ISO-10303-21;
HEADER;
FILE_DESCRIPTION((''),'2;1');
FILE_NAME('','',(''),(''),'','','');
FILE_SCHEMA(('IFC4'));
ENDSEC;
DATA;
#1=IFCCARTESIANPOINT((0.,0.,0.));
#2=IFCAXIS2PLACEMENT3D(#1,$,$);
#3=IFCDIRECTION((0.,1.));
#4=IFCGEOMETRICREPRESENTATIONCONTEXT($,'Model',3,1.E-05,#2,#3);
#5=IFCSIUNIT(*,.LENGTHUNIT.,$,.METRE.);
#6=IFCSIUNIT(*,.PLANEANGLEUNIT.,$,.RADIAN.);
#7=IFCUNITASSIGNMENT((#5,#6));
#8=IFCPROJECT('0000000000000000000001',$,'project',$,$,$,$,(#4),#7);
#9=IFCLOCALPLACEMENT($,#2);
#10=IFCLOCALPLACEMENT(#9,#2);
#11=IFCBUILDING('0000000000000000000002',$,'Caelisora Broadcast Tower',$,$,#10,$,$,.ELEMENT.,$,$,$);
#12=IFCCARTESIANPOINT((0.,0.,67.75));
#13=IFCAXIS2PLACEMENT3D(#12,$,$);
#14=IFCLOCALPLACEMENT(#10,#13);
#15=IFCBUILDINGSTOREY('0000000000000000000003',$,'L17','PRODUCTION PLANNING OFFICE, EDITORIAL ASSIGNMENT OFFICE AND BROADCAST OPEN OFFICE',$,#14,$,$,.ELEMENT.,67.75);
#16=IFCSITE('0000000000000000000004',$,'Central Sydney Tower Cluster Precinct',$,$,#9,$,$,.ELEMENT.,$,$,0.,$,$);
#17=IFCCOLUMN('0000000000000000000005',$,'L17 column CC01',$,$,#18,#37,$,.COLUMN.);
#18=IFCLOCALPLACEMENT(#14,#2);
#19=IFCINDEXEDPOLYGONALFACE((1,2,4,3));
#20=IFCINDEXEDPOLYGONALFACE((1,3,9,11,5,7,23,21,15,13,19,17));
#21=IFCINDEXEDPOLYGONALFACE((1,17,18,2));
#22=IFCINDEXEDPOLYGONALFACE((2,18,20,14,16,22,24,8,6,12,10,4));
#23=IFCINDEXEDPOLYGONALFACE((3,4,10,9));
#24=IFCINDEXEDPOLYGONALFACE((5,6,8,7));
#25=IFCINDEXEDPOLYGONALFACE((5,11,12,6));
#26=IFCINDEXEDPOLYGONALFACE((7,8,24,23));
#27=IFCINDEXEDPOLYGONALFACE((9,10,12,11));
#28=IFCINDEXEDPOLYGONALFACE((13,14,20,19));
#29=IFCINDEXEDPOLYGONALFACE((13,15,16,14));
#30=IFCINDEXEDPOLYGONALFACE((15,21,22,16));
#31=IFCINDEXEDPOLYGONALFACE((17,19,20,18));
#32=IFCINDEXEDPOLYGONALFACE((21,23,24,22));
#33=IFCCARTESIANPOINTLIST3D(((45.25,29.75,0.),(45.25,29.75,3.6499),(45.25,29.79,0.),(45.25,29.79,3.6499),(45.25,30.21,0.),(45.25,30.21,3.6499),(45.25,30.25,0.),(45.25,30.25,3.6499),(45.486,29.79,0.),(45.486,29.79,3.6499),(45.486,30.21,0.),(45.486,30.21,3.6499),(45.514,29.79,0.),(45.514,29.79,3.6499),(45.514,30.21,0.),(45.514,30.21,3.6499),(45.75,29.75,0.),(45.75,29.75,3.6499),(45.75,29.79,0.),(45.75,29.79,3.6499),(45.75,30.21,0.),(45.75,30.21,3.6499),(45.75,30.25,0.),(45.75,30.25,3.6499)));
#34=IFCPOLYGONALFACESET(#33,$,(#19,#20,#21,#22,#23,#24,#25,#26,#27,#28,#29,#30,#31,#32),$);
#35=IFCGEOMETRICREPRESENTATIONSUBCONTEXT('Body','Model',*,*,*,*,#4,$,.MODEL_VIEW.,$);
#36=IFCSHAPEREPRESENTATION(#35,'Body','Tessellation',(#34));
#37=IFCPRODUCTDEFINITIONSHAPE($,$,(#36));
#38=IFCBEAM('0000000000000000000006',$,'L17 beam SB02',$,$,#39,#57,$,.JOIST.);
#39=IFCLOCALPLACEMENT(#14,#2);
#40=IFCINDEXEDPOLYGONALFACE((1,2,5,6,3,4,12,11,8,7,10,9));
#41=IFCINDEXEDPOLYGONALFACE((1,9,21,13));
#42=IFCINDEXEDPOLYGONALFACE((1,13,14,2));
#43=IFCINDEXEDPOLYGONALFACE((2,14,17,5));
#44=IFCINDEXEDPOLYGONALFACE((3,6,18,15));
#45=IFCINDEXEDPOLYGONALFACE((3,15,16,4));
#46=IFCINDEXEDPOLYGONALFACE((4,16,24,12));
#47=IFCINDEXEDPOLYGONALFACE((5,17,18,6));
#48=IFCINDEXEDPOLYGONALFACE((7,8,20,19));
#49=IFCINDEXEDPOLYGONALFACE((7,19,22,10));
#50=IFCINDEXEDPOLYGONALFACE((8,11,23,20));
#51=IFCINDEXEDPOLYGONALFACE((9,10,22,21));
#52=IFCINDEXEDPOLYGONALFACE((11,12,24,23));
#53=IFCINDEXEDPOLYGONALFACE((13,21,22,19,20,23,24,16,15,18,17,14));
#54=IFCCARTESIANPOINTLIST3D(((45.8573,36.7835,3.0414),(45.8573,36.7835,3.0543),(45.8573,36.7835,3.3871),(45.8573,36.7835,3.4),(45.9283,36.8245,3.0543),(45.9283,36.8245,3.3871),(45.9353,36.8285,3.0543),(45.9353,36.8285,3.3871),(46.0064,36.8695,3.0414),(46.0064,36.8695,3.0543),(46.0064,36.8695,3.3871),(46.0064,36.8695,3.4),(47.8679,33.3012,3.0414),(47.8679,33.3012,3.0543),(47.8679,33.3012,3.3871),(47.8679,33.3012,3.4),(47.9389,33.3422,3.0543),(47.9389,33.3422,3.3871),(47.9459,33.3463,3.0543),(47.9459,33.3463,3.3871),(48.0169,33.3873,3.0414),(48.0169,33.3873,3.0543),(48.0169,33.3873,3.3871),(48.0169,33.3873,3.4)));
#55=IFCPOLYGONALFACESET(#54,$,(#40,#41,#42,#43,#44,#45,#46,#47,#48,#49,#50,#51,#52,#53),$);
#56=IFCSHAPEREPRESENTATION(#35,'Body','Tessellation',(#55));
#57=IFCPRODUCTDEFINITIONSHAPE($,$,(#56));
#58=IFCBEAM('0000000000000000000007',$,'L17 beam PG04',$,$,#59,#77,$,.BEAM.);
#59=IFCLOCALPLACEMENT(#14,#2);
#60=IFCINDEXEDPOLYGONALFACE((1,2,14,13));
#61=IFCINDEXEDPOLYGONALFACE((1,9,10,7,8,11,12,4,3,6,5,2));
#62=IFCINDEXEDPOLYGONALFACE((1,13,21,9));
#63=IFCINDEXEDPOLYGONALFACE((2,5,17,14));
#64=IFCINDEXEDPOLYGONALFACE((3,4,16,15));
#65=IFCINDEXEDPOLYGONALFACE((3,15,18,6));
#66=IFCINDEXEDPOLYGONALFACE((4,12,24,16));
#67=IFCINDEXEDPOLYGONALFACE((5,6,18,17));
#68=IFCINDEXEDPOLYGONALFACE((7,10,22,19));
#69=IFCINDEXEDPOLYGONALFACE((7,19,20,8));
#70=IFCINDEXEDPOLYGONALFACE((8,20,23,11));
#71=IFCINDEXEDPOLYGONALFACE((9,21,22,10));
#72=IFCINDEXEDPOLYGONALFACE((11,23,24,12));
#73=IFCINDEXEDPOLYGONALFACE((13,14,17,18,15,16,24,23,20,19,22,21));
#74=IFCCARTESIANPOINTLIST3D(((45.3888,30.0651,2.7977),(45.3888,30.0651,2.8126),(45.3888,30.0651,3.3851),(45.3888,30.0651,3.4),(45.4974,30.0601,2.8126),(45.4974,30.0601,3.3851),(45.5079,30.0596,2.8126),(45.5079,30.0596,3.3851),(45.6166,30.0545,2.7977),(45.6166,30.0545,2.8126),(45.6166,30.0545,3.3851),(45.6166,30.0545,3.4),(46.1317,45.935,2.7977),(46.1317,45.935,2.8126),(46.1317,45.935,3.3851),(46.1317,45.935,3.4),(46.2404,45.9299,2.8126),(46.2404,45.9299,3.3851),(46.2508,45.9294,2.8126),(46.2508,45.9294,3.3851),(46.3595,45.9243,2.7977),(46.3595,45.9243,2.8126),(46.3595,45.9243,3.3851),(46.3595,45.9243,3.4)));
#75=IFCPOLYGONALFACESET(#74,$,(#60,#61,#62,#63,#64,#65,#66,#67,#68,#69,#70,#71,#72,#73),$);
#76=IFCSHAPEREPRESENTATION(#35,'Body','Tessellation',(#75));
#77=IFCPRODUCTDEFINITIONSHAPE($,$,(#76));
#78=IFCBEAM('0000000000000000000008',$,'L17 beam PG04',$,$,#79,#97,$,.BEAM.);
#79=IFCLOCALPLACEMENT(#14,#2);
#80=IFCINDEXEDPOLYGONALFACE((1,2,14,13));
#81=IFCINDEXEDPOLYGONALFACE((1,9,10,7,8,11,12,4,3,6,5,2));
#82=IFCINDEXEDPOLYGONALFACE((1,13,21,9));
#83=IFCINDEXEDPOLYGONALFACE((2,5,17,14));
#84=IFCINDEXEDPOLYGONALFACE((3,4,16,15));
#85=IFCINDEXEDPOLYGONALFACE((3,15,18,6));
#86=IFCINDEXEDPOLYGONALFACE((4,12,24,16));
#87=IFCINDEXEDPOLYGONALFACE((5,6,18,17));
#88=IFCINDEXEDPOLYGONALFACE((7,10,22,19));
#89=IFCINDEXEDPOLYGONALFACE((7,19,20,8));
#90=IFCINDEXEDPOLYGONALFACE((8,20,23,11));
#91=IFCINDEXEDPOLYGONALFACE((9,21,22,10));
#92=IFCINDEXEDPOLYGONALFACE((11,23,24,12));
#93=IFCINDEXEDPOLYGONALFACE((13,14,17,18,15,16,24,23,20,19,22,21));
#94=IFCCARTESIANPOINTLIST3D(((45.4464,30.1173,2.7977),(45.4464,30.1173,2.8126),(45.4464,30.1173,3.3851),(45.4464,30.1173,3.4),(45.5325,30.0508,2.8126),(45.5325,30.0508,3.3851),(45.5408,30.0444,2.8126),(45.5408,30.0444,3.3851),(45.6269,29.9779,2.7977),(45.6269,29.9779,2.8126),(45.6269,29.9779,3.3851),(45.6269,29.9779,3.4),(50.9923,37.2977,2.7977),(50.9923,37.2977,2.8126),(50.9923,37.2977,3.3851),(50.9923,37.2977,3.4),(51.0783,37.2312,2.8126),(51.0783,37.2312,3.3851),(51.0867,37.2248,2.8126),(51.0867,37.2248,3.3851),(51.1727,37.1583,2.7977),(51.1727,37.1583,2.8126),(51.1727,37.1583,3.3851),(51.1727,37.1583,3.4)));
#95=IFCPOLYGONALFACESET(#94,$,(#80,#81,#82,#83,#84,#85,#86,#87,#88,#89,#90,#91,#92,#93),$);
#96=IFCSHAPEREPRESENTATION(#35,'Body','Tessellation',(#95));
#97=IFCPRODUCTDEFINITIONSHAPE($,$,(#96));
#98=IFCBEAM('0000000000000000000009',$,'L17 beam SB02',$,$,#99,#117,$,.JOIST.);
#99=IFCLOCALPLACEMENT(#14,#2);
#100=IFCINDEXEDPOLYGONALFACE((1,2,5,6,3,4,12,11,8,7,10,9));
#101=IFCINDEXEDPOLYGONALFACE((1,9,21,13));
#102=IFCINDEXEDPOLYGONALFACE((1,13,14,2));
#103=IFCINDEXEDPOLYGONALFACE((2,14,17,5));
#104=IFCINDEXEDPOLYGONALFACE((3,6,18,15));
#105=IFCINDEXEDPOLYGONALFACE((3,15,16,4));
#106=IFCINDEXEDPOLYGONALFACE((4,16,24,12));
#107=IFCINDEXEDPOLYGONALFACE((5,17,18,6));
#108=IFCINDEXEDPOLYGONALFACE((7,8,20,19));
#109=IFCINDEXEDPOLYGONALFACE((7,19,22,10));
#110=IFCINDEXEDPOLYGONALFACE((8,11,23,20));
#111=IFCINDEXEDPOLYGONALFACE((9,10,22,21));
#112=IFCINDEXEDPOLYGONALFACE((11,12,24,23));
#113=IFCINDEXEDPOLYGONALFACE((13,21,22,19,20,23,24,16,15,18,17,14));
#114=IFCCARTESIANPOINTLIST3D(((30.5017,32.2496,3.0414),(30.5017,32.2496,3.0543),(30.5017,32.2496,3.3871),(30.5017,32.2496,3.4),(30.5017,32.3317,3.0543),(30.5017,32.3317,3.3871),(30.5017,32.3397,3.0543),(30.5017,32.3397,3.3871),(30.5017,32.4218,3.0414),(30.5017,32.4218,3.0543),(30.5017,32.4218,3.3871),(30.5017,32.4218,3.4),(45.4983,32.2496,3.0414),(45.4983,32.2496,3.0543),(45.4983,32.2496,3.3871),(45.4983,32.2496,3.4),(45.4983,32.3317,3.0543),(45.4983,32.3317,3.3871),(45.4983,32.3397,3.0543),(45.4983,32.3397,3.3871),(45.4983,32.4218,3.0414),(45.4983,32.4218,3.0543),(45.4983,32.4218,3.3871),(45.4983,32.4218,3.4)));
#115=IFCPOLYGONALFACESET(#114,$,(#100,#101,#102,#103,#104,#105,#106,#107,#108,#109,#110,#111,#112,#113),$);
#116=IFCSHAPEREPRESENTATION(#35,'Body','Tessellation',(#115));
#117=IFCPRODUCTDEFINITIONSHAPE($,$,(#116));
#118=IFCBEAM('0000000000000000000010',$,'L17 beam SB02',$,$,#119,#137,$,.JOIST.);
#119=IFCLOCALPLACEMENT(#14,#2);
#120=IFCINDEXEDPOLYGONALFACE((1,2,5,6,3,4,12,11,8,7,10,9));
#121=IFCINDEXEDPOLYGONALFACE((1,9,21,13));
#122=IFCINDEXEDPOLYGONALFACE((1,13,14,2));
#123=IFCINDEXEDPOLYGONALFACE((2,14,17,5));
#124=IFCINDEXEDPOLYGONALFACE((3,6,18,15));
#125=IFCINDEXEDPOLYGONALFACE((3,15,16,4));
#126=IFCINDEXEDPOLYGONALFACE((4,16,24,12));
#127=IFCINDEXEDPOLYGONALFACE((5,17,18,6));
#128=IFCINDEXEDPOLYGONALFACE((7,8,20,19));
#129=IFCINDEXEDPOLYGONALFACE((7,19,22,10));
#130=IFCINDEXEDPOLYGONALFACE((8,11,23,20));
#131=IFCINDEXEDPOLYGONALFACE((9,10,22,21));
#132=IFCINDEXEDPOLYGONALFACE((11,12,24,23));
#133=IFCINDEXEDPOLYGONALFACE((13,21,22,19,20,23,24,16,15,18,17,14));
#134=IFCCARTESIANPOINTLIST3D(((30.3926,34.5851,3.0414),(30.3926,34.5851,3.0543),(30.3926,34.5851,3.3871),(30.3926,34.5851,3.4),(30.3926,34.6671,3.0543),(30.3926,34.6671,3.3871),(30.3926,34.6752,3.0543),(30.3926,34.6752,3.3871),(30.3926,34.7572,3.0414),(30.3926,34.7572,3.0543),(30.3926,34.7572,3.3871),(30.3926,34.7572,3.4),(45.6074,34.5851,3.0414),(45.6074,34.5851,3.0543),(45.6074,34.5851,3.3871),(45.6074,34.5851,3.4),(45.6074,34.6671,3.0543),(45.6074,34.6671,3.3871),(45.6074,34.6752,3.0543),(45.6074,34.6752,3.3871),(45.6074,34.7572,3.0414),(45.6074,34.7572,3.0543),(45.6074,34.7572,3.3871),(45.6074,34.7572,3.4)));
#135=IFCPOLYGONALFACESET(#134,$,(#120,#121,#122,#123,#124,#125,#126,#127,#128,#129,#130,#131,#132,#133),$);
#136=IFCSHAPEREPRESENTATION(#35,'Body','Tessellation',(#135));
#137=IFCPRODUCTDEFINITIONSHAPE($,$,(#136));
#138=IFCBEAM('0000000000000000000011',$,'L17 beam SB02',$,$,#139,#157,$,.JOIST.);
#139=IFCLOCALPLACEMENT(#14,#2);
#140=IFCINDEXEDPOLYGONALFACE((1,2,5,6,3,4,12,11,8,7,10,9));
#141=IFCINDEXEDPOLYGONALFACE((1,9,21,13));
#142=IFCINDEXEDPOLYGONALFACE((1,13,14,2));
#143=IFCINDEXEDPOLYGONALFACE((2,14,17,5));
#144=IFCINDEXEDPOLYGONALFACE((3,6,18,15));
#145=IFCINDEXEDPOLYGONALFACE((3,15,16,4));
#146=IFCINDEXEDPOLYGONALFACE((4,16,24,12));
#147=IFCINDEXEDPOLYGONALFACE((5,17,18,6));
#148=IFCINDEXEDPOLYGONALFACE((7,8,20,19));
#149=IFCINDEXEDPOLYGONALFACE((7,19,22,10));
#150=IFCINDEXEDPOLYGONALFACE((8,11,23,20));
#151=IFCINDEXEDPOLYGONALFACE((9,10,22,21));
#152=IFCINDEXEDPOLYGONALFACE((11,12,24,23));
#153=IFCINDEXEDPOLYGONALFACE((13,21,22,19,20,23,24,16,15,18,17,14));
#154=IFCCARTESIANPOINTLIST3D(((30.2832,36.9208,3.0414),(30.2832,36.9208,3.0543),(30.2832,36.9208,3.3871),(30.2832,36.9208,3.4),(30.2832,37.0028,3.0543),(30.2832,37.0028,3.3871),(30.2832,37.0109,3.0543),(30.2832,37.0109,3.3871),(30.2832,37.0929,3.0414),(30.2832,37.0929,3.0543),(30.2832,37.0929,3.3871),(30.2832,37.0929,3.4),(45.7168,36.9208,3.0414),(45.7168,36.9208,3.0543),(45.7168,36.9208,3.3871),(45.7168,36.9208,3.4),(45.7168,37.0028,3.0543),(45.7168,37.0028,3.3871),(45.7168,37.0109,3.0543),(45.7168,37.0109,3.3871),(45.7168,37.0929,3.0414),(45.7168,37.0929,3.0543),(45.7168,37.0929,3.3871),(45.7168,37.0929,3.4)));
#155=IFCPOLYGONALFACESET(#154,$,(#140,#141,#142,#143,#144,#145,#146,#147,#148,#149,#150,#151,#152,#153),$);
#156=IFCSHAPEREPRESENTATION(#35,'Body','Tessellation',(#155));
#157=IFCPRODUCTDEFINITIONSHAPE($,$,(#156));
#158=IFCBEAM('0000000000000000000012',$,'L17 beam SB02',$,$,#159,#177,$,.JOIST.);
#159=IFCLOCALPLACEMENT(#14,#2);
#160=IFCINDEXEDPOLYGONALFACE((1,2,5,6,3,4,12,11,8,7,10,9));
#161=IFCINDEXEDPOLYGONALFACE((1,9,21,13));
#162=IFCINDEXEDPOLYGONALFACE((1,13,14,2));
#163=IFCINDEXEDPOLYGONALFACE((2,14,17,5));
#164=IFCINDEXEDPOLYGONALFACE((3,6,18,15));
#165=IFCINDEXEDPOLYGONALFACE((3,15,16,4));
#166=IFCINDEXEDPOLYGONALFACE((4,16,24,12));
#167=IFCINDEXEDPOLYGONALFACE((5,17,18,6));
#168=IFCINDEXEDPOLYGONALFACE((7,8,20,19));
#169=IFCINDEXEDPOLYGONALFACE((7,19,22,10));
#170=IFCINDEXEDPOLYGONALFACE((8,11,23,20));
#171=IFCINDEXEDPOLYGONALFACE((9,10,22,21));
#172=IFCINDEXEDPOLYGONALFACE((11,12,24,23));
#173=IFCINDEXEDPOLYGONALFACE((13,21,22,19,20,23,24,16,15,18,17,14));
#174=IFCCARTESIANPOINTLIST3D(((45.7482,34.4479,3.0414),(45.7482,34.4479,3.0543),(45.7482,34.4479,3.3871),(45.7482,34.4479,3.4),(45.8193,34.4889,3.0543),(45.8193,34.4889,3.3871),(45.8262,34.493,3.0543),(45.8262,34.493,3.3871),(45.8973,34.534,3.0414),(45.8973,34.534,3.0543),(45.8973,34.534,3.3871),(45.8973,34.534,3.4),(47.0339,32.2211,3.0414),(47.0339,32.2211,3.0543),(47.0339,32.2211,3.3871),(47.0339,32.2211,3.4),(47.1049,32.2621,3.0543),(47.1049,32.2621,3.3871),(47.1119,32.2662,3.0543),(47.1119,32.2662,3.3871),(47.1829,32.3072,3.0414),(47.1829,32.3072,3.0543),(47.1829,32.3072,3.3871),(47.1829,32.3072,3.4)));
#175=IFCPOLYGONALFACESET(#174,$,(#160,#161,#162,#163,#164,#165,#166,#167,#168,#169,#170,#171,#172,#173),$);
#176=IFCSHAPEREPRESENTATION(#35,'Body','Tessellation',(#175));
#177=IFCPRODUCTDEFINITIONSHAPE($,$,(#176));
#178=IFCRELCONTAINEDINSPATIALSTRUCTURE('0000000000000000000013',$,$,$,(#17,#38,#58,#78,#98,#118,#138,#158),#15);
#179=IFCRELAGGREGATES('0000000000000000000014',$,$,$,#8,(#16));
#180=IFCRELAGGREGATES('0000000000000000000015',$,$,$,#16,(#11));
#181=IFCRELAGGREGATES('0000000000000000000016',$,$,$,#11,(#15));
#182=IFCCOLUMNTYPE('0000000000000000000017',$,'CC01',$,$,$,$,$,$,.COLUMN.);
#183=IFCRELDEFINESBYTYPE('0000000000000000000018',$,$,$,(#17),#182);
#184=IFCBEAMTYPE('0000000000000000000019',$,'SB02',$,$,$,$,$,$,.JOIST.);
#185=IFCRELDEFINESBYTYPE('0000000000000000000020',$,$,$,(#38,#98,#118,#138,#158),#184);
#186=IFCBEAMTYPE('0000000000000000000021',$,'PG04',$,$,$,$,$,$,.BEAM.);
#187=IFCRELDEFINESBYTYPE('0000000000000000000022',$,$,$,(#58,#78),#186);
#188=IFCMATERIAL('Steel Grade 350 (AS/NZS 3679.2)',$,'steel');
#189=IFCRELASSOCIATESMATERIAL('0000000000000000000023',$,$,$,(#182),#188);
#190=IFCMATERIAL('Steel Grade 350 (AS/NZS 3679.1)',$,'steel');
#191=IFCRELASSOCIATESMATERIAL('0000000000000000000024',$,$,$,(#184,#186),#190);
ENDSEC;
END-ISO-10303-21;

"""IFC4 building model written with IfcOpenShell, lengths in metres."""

from ifc_helpers import new_model, si_unit, direction, frame, origin, origin_2d, place, context, subcontext, project, spatial, i_section, extrude, source, transform, mapped, material, material_profile, profile_set, type_object, type_shapes, element, save


model = new_model("IFC4")

# Units and contexts
model_context = context("Model", 3, precision=1e-05, world=origin(), true_north=direction((0.0, 1.0)))
body_context = subcontext(model_context, "Body", "Model", "MODEL_VIEW")
ifc_project = project(units=[si_unit("LENGTHUNIT", "METRE"), si_unit("PLANEANGLEUNIT", "RADIAN")], contexts=[model_context])

# Site, building, storey
site_placement = place(None, origin())
site = spatial("IfcSite", under=ifc_project, at=site_placement, Name="Central Sydney Tower Cluster Precinct", CompositionType="ELEMENT", RefElevation=0.0)
building_placement = place(site_placement, origin())
building = spatial("IfcBuilding", under=site, at=building_placement, Name="Caelisora Broadcast Tower", CompositionType="ELEMENT")
storey_placement = place(building_placement, frame((0.0, 0.0, 67.75)))
storey = spatial("IfcBuildingStorey", under=building, at=storey_placement, Name="L17", Description="PRODUCTION PLANNING OFFICE, EDITORIAL ASSIGNMENT OFFICE AND BROADCAST OPEN OFFICE", CompositionType="ELEMENT", Elevation=67.75)

# Column
ifc_material_1 = material(Name="Steel Grade 350 (AS/NZS 3679.2)", Category="steel")
ifc_material_profile_1 = material_profile(ifc_material_1, i_section(OverallWidth=0.5, OverallDepth=0.5, WebThickness=0.0281, FlangeThickness=0.04, at=origin_2d()), Name="Steel Grade 350 (AS/NZS 3679.2)")
ifc_profile_set_1 = profile_set([ifc_material_profile_1], Name="Steel Grade 350 (AS/NZS 3679.2)")
column_type = type_object("IfcColumnType", Name="CC01", PredefinedType="COLUMN", material=ifc_profile_set_1)
shared_shape_1 = source(origin(), body_context, "Body", "SweptSolid", [
    extrude(i_section(OverallWidth=0.5, OverallDepth=0.5, WebThickness=0.0281, FlangeThickness=0.04, at=origin_2d()), origin(), (0.0, 0.0, 1.0), 3.6499),
])
type_shapes(column_type, [shared_shape_1])
column_placement = place(storey_placement, frame((45.5, 30.0, 0.0), z_axis=(0.0, 0.0, 1.0), x_axis=(1.0, 0.0, 0.0)))
element("IfcColumn", 1, at=column_placement, inside=storey, type_object=column_type, Name="L17 column CC01", PredefinedType="COLUMN", context=body_context, shape_type="MappedRepresentation", body=[
    mapped(shared_shape_1, transform((0.0, 0.0, 0.0), scale=1.0)),
])

# Beams
ifc_material_2 = material(Name="Steel Grade 350 (AS/NZS 3679.1)", Category="steel")
ifc_material_profile_2 = material_profile(ifc_material_2, i_section(OverallWidth=0.1721, OverallDepth=0.3586, WebThickness=0.0081, FlangeThickness=0.0129, at=origin_2d()), Name="Steel Grade 350 (AS/NZS 3679.1)")
ifc_profile_set_2 = profile_set([ifc_material_profile_2], Name="Steel Grade 350 (AS/NZS 3679.1)")
beam_type_1 = type_object("IfcBeamType", Name="SB02", PredefinedType="JOIST", material=ifc_profile_set_2)
shared_shape_2 = source(origin(), body_context, "Body", "SweptSolid", [
    extrude(i_section(OverallWidth=0.1721, OverallDepth=0.3586, WebThickness=0.0081, FlangeThickness=0.0129, at=origin_2d()), origin(), (0.0, 0.0, 1.0), 4.021),
])
beam_1_placement = place(storey_placement, frame((47.9424, 33.3442, 3.2207), z_axis=(-0.500012, 0.866019, 0.0), x_axis=(-0.866019, -0.500012, 0.0)))
element("IfcBeam", 2, at=beam_1_placement, inside=storey, type_object=beam_type_1, Name="L17 beam SB02", PredefinedType="JOIST", context=body_context, shape_type="MappedRepresentation", body=[
    mapped(shared_shape_2, transform((0.0, 0.0, 0.0), scale=1.0)),
])
ifc_material_profile_3 = material_profile(ifc_material_2, i_section(OverallWidth=0.228, OverallDepth=0.6023, WebThickness=0.0105, FlangeThickness=0.0149, at=origin_2d()), Name="Steel Grade 350 (AS/NZS 3679.1)")
ifc_profile_set_3 = profile_set([ifc_material_profile_3], Name="Steel Grade 350 (AS/NZS 3679.1)")
beam_type_2 = type_object("IfcBeamType", Name="PG04", PredefinedType="BEAM", material=ifc_profile_set_3)
shared_shape_3 = source(origin(), body_context, "Body", "SweptSolid", [
    extrude(i_section(OverallWidth=0.228, OverallDepth=0.6023, WebThickness=0.0105, FlangeThickness=0.0149, at=origin_2d()), origin(), (0.0, 0.0, 1.0), 15.8872),
])
beam_2_placement = place(storey_placement, frame((45.5027, 30.0598, 3.0989), z_axis=(0.046762, 0.998906, 0.0), x_axis=(-0.998906, 0.046762, 0.0)))
element("IfcBeam", 3, at=beam_2_placement, inside=storey, type_object=beam_type_2, Name="L17 beam PG04", PredefinedType="BEAM", context=body_context, shape_type="MappedRepresentation", body=[
    mapped(shared_shape_3, transform((0.0, 0.0, 0.0), scale=1.0)),
])
shared_shape_4 = source(origin(), body_context, "Body", "SweptSolid", [
    extrude(i_section(OverallWidth=0.228, OverallDepth=0.6023, WebThickness=0.0105, FlangeThickness=0.0149, at=origin_2d()), origin(), (0.0, 0.0, 1.0), 9.0728),
])
type_shapes(beam_type_2, [shared_shape_3, shared_shape_4])
beam_3_placement = place(storey_placement, frame((45.5366, 30.0476, 3.0989), z_axis=(0.611268, 0.791424, 0.0), x_axis=(-0.791424, 0.611268, 0.0)))
element("IfcBeam", 4, at=beam_3_placement, inside=storey, type_object=beam_type_2, Name="L17 beam PG04", PredefinedType="BEAM", context=body_context, shape_type="MappedRepresentation", body=[
    mapped(shared_shape_4, transform((0.0, 0.0, 0.0), scale=1.0)),
])
shared_shape_5 = source(origin(), body_context, "Body", "SweptSolid", [
    extrude(i_section(OverallWidth=0.1721, OverallDepth=0.3586, WebThickness=0.0081, FlangeThickness=0.0129, at=origin_2d()), origin(), (0.0, 0.0, 1.0), 14.9966),
])
beam_4_placement = place(storey_placement, frame((45.4983, 32.3357, 3.2207), z_axis=(-1.0, 0.0, 0.0), x_axis=(0.0, -1.0, 0.0)))
element("IfcBeam", 5, at=beam_4_placement, inside=storey, type_object=beam_type_1, Name="L17 beam SB02", PredefinedType="JOIST", context=body_context, shape_type="MappedRepresentation", body=[
    mapped(shared_shape_5, transform((0.0, 0.0, 0.0), scale=1.0)),
])
shared_shape_6 = source(origin(), body_context, "Body", "SweptSolid", [
    extrude(i_section(OverallWidth=0.1721, OverallDepth=0.3586, WebThickness=0.0081, FlangeThickness=0.0129, at=origin_2d()), origin(), (0.0, 0.0, 1.0), 15.2148),
])
beam_5_placement = place(storey_placement, frame((45.6074, 34.6711, 3.2207), z_axis=(-1.0, 0.0, 0.0), x_axis=(0.0, -1.0, 0.0)))
element("IfcBeam", 6, at=beam_5_placement, inside=storey, type_object=beam_type_1, Name="L17 beam SB02", PredefinedType="JOIST", context=body_context, shape_type="MappedRepresentation", body=[
    mapped(shared_shape_6, transform((0.0, 0.0, 0.0), scale=1.0)),
])
shared_shape_7 = source(origin(), body_context, "Body", "SweptSolid", [
    extrude(i_section(OverallWidth=0.1721, OverallDepth=0.3586, WebThickness=0.0081, FlangeThickness=0.0129, at=origin_2d()), origin(), (0.0, 0.0, 1.0), 15.4336),
])
beam_6_placement = place(storey_placement, frame((45.7168, 37.0068, 3.2207), z_axis=(-1.0, 0.0, 0.0), x_axis=(0.0, -1.0, 0.0)))
element("IfcBeam", 7, at=beam_6_placement, inside=storey, type_object=beam_type_1, Name="L17 beam SB02", PredefinedType="JOIST", context=body_context, shape_type="MappedRepresentation", body=[
    mapped(shared_shape_7, transform((0.0, 0.0, 0.0), scale=1.0)),
])
shared_shape_8 = source(origin(), body_context, "Body", "SweptSolid", [
    extrude(i_section(OverallWidth=0.1721, OverallDepth=0.3586, WebThickness=0.0081, FlangeThickness=0.0129, at=origin_2d()), origin(), (0.0, 0.0, 1.0), 2.5713),
])
beam_7_placement = place(storey_placement, frame((47.1084, 32.2642, 3.2207), z_axis=(-0.499999, 0.866026, 0.0), x_axis=(-0.866026, -0.499999, 0.0)))
element("IfcBeam", 8, at=beam_7_placement, inside=storey, type_object=beam_type_1, Name="L17 beam SB02", PredefinedType="JOIST", context=body_context, shape_type="MappedRepresentation", body=[
    mapped(shared_shape_8, transform((0.0, 0.0, 0.0), scale=1.0)),
])

save(model, "model.ifc")
